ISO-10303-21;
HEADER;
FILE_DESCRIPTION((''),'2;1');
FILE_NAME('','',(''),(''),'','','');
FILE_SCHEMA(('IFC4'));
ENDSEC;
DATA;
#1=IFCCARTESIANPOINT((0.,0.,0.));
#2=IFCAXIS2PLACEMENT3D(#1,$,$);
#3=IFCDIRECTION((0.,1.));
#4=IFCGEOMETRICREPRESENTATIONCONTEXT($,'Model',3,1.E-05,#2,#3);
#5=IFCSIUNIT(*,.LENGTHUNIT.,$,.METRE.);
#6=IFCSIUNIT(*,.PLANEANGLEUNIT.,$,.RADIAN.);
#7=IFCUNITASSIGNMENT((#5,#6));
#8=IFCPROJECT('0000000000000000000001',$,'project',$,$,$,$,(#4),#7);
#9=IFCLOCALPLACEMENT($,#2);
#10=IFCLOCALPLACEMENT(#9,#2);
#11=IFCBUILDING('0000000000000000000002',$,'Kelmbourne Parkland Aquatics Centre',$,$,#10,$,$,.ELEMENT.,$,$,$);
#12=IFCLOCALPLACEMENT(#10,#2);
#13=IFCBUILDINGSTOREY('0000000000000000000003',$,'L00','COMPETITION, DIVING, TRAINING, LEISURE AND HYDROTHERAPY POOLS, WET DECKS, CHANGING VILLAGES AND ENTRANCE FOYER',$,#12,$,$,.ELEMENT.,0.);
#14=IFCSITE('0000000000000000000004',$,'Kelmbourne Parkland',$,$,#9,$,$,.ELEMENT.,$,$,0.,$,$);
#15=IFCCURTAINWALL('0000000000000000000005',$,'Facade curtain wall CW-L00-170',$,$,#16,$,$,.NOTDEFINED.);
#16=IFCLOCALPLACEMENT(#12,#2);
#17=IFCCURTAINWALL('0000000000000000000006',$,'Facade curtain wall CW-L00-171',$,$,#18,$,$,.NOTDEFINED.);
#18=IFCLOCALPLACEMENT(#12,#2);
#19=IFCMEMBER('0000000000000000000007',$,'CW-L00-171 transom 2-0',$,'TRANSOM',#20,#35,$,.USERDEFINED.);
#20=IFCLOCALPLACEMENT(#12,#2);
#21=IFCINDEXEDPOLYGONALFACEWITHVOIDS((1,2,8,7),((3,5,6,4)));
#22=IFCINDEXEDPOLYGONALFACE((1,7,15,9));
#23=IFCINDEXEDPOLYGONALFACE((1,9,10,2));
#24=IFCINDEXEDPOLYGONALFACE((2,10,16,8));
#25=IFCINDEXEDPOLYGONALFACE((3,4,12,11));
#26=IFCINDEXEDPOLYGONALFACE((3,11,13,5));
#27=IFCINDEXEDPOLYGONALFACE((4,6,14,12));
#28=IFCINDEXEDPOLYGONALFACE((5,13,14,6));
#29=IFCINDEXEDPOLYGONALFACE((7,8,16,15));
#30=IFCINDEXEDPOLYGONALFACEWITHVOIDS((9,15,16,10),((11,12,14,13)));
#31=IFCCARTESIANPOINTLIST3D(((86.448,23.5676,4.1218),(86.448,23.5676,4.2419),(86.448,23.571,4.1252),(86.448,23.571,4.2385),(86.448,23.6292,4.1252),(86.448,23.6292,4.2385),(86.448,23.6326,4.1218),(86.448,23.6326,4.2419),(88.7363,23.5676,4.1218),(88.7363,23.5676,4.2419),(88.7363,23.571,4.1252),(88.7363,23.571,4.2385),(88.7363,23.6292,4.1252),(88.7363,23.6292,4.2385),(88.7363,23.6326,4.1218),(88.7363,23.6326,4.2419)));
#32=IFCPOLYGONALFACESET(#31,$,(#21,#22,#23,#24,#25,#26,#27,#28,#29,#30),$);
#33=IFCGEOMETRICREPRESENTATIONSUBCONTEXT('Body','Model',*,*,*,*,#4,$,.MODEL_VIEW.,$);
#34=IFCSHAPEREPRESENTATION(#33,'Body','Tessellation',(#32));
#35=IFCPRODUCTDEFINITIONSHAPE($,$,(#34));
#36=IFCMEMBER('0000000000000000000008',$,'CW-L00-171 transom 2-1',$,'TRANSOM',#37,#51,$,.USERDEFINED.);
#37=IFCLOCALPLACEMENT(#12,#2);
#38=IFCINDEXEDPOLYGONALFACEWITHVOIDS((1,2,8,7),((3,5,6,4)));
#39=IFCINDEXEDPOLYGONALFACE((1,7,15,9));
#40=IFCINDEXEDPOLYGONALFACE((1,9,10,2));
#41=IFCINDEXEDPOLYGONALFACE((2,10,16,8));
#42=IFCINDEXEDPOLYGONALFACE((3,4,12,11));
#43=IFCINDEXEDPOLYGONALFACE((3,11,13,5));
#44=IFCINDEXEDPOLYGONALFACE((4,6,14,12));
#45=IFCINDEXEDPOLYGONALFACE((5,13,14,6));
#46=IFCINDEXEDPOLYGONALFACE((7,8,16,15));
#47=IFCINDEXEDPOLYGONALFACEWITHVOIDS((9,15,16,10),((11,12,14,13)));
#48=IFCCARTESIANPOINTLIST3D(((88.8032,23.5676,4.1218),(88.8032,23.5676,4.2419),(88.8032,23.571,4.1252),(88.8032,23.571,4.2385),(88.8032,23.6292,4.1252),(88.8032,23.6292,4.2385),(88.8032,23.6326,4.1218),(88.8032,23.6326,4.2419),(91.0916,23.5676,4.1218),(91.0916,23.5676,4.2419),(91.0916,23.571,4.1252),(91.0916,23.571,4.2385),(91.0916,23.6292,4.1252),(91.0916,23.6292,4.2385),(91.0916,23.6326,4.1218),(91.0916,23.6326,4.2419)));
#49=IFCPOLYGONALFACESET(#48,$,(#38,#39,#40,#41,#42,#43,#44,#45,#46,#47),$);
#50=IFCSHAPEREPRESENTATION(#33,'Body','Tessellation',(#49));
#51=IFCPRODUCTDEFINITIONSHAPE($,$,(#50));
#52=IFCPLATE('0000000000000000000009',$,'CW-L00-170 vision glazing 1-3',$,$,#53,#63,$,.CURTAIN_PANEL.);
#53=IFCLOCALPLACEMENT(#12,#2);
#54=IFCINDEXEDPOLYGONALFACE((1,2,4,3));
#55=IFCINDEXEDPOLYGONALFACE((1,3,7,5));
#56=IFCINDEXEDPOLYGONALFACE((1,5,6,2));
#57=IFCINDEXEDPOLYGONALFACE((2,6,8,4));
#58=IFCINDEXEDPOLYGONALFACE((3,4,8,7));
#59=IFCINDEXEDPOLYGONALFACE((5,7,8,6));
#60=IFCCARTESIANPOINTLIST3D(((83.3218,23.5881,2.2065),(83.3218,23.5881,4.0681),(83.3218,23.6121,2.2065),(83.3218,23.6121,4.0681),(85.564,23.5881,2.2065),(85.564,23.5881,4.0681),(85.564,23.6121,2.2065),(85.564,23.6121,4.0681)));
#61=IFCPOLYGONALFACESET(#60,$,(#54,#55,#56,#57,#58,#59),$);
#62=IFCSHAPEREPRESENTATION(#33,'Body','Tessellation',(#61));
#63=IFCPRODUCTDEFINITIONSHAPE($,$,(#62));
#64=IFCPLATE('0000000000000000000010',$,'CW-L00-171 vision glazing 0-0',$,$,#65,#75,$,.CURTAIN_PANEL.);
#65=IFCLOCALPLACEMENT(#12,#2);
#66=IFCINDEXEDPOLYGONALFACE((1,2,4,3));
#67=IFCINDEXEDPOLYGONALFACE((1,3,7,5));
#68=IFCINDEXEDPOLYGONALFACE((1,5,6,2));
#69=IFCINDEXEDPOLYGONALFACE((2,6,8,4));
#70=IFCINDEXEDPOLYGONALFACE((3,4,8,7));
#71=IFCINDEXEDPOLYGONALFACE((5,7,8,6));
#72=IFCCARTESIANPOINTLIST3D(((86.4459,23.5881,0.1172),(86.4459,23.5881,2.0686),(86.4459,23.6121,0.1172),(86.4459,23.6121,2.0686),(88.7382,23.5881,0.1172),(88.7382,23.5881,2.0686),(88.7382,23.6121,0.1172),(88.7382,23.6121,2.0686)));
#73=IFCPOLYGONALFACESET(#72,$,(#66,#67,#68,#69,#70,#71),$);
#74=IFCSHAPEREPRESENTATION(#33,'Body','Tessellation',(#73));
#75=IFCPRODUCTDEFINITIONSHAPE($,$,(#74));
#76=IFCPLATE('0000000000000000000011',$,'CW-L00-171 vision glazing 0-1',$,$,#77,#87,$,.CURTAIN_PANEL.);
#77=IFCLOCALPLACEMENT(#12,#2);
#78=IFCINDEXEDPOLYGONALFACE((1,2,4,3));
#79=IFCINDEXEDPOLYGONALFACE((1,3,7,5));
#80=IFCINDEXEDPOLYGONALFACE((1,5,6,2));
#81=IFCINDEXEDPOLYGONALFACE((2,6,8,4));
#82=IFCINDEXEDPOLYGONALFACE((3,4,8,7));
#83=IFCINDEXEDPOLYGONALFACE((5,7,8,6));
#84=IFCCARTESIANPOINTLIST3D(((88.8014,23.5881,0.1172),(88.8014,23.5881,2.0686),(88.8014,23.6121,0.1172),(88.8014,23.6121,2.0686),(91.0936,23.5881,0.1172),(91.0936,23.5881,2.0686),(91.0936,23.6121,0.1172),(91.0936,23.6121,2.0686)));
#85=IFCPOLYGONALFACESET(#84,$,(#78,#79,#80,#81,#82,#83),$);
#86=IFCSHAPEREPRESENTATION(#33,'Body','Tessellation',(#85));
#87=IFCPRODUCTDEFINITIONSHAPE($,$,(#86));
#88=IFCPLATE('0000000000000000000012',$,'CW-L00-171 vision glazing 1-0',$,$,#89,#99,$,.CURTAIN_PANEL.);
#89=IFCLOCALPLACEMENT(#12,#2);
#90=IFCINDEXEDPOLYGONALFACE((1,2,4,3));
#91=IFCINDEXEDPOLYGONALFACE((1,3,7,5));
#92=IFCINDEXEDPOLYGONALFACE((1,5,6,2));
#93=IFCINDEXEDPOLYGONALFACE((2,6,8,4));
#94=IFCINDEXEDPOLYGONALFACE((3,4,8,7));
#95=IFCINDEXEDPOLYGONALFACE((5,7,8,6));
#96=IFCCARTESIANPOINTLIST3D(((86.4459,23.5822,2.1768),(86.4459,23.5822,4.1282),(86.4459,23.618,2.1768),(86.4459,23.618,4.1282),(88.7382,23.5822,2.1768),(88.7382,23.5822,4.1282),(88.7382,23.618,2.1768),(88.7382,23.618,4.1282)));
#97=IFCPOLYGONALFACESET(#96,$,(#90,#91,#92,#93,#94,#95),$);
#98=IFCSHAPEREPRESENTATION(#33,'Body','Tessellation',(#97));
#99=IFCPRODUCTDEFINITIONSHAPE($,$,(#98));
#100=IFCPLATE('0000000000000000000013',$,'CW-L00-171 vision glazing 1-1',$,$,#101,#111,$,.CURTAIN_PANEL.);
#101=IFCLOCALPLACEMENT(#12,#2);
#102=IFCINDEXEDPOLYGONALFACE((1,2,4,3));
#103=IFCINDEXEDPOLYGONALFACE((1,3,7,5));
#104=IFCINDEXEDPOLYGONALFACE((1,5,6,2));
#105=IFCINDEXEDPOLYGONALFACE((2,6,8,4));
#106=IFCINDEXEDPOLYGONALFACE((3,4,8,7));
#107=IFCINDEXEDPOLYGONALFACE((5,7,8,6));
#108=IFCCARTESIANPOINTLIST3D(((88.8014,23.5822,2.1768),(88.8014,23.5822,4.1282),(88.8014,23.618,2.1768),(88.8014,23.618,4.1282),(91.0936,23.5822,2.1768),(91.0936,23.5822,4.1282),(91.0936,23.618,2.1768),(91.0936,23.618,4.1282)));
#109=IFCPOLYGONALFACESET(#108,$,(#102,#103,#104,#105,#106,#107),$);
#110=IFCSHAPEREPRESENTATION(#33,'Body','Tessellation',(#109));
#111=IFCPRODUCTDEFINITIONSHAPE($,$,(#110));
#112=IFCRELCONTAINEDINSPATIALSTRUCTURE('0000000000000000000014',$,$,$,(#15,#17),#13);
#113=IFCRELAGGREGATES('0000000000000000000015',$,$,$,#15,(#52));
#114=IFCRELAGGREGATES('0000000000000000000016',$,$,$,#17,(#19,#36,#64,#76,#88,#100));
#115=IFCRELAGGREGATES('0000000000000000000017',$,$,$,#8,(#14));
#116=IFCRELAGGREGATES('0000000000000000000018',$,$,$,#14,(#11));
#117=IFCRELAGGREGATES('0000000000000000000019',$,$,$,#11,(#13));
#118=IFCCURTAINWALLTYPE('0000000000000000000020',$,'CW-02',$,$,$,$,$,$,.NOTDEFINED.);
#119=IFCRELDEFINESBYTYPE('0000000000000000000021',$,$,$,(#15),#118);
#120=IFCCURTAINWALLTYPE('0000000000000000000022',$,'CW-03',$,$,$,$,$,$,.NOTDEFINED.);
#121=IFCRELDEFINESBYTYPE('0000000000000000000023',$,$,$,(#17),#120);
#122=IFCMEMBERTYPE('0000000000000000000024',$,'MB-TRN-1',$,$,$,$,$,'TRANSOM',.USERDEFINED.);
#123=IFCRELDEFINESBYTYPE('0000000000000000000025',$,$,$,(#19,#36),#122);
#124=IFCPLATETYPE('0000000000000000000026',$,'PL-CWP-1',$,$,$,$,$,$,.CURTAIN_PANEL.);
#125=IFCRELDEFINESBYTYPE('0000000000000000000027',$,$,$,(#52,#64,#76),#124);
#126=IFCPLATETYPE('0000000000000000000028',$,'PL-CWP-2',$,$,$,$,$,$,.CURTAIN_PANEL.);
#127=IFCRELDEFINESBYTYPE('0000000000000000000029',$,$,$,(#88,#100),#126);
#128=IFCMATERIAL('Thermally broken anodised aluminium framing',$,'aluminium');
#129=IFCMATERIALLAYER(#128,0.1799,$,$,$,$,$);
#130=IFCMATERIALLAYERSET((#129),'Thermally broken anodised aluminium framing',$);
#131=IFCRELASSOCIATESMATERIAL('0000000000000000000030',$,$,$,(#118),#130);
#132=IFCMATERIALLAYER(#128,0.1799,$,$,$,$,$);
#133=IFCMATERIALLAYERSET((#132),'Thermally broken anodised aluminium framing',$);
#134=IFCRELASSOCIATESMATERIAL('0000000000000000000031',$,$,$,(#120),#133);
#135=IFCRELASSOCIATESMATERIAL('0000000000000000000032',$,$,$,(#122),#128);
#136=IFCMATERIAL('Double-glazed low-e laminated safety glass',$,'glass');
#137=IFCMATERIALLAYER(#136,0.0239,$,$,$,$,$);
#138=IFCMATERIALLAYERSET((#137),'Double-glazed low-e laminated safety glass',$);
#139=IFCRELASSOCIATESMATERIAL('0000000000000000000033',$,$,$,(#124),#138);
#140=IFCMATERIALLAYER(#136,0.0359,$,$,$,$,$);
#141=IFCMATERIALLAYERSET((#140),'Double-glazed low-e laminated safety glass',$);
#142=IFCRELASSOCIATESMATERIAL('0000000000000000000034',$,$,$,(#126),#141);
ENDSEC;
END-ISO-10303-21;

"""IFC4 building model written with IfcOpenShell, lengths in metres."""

from ifc_helpers import new_model, si_unit, direction, frame, origin, origin_2d, place, context, subcontext, project, spatial, rectangle, hollow_rectangle, extrude, material, layer, layer_set, material_profile, profile_set, type_object, element, aggregate, save


model = new_model("IFC4")

# Units and contexts
model_context = context("Model", 3, precision=1e-05, world=origin(), true_north=direction((0.0, 1.0)))
body_context = subcontext(model_context, "Body", "Model", "MODEL_VIEW")
ifc_project = project(units=[si_unit("LENGTHUNIT", "METRE"), si_unit("PLANEANGLEUNIT", "RADIAN")], contexts=[model_context])

# Site, building, storey
site_placement = place(None, origin())
site = spatial("IfcSite", under=ifc_project, at=site_placement, Name="Kelmbourne Parkland", CompositionType="ELEMENT", RefElevation=0.0)
building_placement = place(site_placement, origin())
building = spatial("IfcBuilding", under=site, at=building_placement, Name="Kelmbourne Parkland Aquatics Centre", CompositionType="ELEMENT")
storey_placement = place(building_placement, origin())
storey = spatial("IfcBuildingStorey", under=building, at=storey_placement, Name="L00", Description="COMPETITION, DIVING, TRAINING, LEISURE AND HYDROTHERAPY POOLS, WET DECKS, CHANGING VILLAGES AND ENTRANCE FOYER", CompositionType="ELEMENT", Elevation=0.0)

# Curtain wall
ifc_material_1 = material(Name="Thermally broken anodised aluminium framing", Category="aluminium")
ifc_layer_1 = layer(ifc_material_1, 0.1799)
ifc_layer_set_1 = layer_set([ifc_layer_1], Name="Thermally broken anodised aluminium framing")
curtain_wall_type_1 = type_object("IfcCurtainWallType", Name="CW-02", PredefinedType="NOTDEFINED", material=ifc_layer_set_1)
curtain_wall_1_placement = place(storey_placement, origin())
curtain_wall_1 = element("IfcCurtainWall", 1, at=curtain_wall_1_placement, inside=storey, type_object=curtain_wall_type_1, Name="Facade curtain wall CW-L00-170", PredefinedType="NOTDEFINED")

# Curtain wall, members
ifc_layer_2 = layer(ifc_material_1, 0.1799)
ifc_layer_set_2 = layer_set([ifc_layer_2], Name="Thermally broken anodised aluminium framing")
curtain_wall_type_2 = type_object("IfcCurtainWallType", Name="CW-03", PredefinedType="NOTDEFINED", material=ifc_layer_set_2)
curtain_wall_2_placement = place(storey_placement, origin())
curtain_wall_2 = element("IfcCurtainWall", 2, at=curtain_wall_2_placement, inside=storey, type_object=curtain_wall_type_2, Name="Facade curtain wall CW-L00-171", PredefinedType="NOTDEFINED")
ifc_material_profile_1 = material_profile(ifc_material_1, hollow_rectangle(XDim=0.0649, YDim=0.1201, WallThickness=0.0034, at=origin_2d()), Name="CW-T 65x120")
ifc_profile_set_1 = profile_set([ifc_material_profile_1], Name="Thermally broken anodised aluminium framing")
member_type_1 = type_object("IfcMemberType", Name="MB-TRN-1", ElementType="TRANSOM", PredefinedType="USERDEFINED", material=ifc_profile_set_1)
member_1_placement = place(storey_placement, frame((86.448, 23.6001, 4.1819), z_axis=(1.0, 0.0, 0.0), x_axis=(0.0, 1.0, 0.0)))
member_1 = element("IfcMember", 3, at=member_1_placement, type_object=member_type_1, Name="CW-L00-171 transom 2-0", ObjectType="TRANSOM", PredefinedType="USERDEFINED", context=body_context, shape_type="SweptSolid", body=[
    extrude(hollow_rectangle(XDim=0.0649, YDim=0.1201, WallThickness=0.0034, at=origin_2d()), origin(), (0.0, 0.0, 1.0), 2.2883),
])
member_2_placement = place(storey_placement, frame((88.8032, 23.6001, 4.1819), z_axis=(1.0, 0.0, 0.0), x_axis=(0.0, 1.0, 0.0)))
member_2 = element("IfcMember", 4, at=member_2_placement, type_object=member_type_1, Name="CW-L00-171 transom 2-1", ObjectType="TRANSOM", PredefinedType="USERDEFINED", context=body_context, shape_type="SweptSolid", body=[
    extrude(hollow_rectangle(XDim=0.0649, YDim=0.1201, WallThickness=0.0034, at=origin_2d()), origin(), (0.0, 0.0, 1.0), 2.2883),
])

# Plates
ifc_material_2 = material(Name="Double-glazed low-e laminated safety glass", Category="glass")
ifc_layer_3 = layer(ifc_material_2, 0.0239)
ifc_layer_set_3 = layer_set([ifc_layer_3], Name="Double-glazed low-e laminated safety glass")
plate_type_1 = type_object("IfcPlateType", Name="PL-CWP-1", PredefinedType="CURTAIN_PANEL", material=ifc_layer_set_3)
plate_1_placement = place(storey_placement, frame((84.4429, 23.6001, 2.2065), z_axis=(0.0, 0.0, 1.0), x_axis=(1.0, 0.0, 0.0)))
plate_1 = element("IfcPlate", 5, at=plate_1_placement, type_object=plate_type_1, Name="CW-L00-170 vision glazing 1-3", PredefinedType="CURTAIN_PANEL", context=body_context, shape_type="SweptSolid", body=[
    extrude(rectangle(XDim=2.2422, YDim=0.0239, at=origin_2d()), origin(), (0.0, 0.0, 1.0), 1.8616),
])
aggregate(curtain_wall_1, [plate_1])
plate_2_placement = place(storey_placement, frame((87.592, 23.6001, 0.1172), z_axis=(0.0, 0.0, 1.0), x_axis=(1.0, 0.0, 0.0)))
plate_2 = element("IfcPlate", 6, at=plate_2_placement, type_object=plate_type_1, Name="CW-L00-171 vision glazing 0-0", PredefinedType="CURTAIN_PANEL", context=body_context, shape_type="SweptSolid", body=[
    extrude(rectangle(XDim=2.2922, YDim=0.0239, at=origin_2d()), origin(), (0.0, 0.0, 1.0), 1.9514),
])
plate_3_placement = place(storey_placement, frame((89.9475, 23.6001, 0.1172), z_axis=(0.0, 0.0, 1.0), x_axis=(1.0, 0.0, 0.0)))
plate_3 = element("IfcPlate", 7, at=plate_3_placement, type_object=plate_type_1, Name="CW-L00-171 vision glazing 0-1", PredefinedType="CURTAIN_PANEL", context=body_context, shape_type="SweptSolid", body=[
    extrude(rectangle(XDim=2.2922, YDim=0.0239, at=origin_2d()), origin(), (0.0, 0.0, 1.0), 1.9514),
])
ifc_layer_4 = layer(ifc_material_2, 0.0359)
ifc_layer_set_4 = layer_set([ifc_layer_4], Name="Double-glazed low-e laminated safety glass")
plate_type_2 = type_object("IfcPlateType", Name="PL-CWP-2", PredefinedType="CURTAIN_PANEL", material=ifc_layer_set_4)
plate_4_placement = place(storey_placement, frame((87.592, 23.6001, 2.1768), z_axis=(0.0, 0.0, 1.0), x_axis=(1.0, 0.0, 0.0)))
plate_4 = element("IfcPlate", 8, at=plate_4_placement, type_object=plate_type_2, Name="CW-L00-171 vision glazing 1-0", PredefinedType="CURTAIN_PANEL", context=body_context, shape_type="SweptSolid", body=[
    extrude(rectangle(XDim=2.2922, YDim=0.0359, at=origin_2d()), origin(), (0.0, 0.0, 1.0), 1.9514),
])
plate_5_placement = place(storey_placement, frame((89.9475, 23.6001, 2.1768), z_axis=(0.0, 0.0, 1.0), x_axis=(1.0, 0.0, 0.0)))
plate_5 = element("IfcPlate", 9, at=plate_5_placement, type_object=plate_type_2, Name="CW-L00-171 vision glazing 1-1", PredefinedType="CURTAIN_PANEL", context=body_context, shape_type="SweptSolid", body=[
    extrude(rectangle(XDim=2.2922, YDim=0.0359, at=origin_2d()), origin(), (0.0, 0.0, 1.0), 1.9514),
])
aggregate(curtain_wall_2, [member_1, member_2, plate_2, plate_3, plate_4, plate_5])

save(model, "model.ifc")
